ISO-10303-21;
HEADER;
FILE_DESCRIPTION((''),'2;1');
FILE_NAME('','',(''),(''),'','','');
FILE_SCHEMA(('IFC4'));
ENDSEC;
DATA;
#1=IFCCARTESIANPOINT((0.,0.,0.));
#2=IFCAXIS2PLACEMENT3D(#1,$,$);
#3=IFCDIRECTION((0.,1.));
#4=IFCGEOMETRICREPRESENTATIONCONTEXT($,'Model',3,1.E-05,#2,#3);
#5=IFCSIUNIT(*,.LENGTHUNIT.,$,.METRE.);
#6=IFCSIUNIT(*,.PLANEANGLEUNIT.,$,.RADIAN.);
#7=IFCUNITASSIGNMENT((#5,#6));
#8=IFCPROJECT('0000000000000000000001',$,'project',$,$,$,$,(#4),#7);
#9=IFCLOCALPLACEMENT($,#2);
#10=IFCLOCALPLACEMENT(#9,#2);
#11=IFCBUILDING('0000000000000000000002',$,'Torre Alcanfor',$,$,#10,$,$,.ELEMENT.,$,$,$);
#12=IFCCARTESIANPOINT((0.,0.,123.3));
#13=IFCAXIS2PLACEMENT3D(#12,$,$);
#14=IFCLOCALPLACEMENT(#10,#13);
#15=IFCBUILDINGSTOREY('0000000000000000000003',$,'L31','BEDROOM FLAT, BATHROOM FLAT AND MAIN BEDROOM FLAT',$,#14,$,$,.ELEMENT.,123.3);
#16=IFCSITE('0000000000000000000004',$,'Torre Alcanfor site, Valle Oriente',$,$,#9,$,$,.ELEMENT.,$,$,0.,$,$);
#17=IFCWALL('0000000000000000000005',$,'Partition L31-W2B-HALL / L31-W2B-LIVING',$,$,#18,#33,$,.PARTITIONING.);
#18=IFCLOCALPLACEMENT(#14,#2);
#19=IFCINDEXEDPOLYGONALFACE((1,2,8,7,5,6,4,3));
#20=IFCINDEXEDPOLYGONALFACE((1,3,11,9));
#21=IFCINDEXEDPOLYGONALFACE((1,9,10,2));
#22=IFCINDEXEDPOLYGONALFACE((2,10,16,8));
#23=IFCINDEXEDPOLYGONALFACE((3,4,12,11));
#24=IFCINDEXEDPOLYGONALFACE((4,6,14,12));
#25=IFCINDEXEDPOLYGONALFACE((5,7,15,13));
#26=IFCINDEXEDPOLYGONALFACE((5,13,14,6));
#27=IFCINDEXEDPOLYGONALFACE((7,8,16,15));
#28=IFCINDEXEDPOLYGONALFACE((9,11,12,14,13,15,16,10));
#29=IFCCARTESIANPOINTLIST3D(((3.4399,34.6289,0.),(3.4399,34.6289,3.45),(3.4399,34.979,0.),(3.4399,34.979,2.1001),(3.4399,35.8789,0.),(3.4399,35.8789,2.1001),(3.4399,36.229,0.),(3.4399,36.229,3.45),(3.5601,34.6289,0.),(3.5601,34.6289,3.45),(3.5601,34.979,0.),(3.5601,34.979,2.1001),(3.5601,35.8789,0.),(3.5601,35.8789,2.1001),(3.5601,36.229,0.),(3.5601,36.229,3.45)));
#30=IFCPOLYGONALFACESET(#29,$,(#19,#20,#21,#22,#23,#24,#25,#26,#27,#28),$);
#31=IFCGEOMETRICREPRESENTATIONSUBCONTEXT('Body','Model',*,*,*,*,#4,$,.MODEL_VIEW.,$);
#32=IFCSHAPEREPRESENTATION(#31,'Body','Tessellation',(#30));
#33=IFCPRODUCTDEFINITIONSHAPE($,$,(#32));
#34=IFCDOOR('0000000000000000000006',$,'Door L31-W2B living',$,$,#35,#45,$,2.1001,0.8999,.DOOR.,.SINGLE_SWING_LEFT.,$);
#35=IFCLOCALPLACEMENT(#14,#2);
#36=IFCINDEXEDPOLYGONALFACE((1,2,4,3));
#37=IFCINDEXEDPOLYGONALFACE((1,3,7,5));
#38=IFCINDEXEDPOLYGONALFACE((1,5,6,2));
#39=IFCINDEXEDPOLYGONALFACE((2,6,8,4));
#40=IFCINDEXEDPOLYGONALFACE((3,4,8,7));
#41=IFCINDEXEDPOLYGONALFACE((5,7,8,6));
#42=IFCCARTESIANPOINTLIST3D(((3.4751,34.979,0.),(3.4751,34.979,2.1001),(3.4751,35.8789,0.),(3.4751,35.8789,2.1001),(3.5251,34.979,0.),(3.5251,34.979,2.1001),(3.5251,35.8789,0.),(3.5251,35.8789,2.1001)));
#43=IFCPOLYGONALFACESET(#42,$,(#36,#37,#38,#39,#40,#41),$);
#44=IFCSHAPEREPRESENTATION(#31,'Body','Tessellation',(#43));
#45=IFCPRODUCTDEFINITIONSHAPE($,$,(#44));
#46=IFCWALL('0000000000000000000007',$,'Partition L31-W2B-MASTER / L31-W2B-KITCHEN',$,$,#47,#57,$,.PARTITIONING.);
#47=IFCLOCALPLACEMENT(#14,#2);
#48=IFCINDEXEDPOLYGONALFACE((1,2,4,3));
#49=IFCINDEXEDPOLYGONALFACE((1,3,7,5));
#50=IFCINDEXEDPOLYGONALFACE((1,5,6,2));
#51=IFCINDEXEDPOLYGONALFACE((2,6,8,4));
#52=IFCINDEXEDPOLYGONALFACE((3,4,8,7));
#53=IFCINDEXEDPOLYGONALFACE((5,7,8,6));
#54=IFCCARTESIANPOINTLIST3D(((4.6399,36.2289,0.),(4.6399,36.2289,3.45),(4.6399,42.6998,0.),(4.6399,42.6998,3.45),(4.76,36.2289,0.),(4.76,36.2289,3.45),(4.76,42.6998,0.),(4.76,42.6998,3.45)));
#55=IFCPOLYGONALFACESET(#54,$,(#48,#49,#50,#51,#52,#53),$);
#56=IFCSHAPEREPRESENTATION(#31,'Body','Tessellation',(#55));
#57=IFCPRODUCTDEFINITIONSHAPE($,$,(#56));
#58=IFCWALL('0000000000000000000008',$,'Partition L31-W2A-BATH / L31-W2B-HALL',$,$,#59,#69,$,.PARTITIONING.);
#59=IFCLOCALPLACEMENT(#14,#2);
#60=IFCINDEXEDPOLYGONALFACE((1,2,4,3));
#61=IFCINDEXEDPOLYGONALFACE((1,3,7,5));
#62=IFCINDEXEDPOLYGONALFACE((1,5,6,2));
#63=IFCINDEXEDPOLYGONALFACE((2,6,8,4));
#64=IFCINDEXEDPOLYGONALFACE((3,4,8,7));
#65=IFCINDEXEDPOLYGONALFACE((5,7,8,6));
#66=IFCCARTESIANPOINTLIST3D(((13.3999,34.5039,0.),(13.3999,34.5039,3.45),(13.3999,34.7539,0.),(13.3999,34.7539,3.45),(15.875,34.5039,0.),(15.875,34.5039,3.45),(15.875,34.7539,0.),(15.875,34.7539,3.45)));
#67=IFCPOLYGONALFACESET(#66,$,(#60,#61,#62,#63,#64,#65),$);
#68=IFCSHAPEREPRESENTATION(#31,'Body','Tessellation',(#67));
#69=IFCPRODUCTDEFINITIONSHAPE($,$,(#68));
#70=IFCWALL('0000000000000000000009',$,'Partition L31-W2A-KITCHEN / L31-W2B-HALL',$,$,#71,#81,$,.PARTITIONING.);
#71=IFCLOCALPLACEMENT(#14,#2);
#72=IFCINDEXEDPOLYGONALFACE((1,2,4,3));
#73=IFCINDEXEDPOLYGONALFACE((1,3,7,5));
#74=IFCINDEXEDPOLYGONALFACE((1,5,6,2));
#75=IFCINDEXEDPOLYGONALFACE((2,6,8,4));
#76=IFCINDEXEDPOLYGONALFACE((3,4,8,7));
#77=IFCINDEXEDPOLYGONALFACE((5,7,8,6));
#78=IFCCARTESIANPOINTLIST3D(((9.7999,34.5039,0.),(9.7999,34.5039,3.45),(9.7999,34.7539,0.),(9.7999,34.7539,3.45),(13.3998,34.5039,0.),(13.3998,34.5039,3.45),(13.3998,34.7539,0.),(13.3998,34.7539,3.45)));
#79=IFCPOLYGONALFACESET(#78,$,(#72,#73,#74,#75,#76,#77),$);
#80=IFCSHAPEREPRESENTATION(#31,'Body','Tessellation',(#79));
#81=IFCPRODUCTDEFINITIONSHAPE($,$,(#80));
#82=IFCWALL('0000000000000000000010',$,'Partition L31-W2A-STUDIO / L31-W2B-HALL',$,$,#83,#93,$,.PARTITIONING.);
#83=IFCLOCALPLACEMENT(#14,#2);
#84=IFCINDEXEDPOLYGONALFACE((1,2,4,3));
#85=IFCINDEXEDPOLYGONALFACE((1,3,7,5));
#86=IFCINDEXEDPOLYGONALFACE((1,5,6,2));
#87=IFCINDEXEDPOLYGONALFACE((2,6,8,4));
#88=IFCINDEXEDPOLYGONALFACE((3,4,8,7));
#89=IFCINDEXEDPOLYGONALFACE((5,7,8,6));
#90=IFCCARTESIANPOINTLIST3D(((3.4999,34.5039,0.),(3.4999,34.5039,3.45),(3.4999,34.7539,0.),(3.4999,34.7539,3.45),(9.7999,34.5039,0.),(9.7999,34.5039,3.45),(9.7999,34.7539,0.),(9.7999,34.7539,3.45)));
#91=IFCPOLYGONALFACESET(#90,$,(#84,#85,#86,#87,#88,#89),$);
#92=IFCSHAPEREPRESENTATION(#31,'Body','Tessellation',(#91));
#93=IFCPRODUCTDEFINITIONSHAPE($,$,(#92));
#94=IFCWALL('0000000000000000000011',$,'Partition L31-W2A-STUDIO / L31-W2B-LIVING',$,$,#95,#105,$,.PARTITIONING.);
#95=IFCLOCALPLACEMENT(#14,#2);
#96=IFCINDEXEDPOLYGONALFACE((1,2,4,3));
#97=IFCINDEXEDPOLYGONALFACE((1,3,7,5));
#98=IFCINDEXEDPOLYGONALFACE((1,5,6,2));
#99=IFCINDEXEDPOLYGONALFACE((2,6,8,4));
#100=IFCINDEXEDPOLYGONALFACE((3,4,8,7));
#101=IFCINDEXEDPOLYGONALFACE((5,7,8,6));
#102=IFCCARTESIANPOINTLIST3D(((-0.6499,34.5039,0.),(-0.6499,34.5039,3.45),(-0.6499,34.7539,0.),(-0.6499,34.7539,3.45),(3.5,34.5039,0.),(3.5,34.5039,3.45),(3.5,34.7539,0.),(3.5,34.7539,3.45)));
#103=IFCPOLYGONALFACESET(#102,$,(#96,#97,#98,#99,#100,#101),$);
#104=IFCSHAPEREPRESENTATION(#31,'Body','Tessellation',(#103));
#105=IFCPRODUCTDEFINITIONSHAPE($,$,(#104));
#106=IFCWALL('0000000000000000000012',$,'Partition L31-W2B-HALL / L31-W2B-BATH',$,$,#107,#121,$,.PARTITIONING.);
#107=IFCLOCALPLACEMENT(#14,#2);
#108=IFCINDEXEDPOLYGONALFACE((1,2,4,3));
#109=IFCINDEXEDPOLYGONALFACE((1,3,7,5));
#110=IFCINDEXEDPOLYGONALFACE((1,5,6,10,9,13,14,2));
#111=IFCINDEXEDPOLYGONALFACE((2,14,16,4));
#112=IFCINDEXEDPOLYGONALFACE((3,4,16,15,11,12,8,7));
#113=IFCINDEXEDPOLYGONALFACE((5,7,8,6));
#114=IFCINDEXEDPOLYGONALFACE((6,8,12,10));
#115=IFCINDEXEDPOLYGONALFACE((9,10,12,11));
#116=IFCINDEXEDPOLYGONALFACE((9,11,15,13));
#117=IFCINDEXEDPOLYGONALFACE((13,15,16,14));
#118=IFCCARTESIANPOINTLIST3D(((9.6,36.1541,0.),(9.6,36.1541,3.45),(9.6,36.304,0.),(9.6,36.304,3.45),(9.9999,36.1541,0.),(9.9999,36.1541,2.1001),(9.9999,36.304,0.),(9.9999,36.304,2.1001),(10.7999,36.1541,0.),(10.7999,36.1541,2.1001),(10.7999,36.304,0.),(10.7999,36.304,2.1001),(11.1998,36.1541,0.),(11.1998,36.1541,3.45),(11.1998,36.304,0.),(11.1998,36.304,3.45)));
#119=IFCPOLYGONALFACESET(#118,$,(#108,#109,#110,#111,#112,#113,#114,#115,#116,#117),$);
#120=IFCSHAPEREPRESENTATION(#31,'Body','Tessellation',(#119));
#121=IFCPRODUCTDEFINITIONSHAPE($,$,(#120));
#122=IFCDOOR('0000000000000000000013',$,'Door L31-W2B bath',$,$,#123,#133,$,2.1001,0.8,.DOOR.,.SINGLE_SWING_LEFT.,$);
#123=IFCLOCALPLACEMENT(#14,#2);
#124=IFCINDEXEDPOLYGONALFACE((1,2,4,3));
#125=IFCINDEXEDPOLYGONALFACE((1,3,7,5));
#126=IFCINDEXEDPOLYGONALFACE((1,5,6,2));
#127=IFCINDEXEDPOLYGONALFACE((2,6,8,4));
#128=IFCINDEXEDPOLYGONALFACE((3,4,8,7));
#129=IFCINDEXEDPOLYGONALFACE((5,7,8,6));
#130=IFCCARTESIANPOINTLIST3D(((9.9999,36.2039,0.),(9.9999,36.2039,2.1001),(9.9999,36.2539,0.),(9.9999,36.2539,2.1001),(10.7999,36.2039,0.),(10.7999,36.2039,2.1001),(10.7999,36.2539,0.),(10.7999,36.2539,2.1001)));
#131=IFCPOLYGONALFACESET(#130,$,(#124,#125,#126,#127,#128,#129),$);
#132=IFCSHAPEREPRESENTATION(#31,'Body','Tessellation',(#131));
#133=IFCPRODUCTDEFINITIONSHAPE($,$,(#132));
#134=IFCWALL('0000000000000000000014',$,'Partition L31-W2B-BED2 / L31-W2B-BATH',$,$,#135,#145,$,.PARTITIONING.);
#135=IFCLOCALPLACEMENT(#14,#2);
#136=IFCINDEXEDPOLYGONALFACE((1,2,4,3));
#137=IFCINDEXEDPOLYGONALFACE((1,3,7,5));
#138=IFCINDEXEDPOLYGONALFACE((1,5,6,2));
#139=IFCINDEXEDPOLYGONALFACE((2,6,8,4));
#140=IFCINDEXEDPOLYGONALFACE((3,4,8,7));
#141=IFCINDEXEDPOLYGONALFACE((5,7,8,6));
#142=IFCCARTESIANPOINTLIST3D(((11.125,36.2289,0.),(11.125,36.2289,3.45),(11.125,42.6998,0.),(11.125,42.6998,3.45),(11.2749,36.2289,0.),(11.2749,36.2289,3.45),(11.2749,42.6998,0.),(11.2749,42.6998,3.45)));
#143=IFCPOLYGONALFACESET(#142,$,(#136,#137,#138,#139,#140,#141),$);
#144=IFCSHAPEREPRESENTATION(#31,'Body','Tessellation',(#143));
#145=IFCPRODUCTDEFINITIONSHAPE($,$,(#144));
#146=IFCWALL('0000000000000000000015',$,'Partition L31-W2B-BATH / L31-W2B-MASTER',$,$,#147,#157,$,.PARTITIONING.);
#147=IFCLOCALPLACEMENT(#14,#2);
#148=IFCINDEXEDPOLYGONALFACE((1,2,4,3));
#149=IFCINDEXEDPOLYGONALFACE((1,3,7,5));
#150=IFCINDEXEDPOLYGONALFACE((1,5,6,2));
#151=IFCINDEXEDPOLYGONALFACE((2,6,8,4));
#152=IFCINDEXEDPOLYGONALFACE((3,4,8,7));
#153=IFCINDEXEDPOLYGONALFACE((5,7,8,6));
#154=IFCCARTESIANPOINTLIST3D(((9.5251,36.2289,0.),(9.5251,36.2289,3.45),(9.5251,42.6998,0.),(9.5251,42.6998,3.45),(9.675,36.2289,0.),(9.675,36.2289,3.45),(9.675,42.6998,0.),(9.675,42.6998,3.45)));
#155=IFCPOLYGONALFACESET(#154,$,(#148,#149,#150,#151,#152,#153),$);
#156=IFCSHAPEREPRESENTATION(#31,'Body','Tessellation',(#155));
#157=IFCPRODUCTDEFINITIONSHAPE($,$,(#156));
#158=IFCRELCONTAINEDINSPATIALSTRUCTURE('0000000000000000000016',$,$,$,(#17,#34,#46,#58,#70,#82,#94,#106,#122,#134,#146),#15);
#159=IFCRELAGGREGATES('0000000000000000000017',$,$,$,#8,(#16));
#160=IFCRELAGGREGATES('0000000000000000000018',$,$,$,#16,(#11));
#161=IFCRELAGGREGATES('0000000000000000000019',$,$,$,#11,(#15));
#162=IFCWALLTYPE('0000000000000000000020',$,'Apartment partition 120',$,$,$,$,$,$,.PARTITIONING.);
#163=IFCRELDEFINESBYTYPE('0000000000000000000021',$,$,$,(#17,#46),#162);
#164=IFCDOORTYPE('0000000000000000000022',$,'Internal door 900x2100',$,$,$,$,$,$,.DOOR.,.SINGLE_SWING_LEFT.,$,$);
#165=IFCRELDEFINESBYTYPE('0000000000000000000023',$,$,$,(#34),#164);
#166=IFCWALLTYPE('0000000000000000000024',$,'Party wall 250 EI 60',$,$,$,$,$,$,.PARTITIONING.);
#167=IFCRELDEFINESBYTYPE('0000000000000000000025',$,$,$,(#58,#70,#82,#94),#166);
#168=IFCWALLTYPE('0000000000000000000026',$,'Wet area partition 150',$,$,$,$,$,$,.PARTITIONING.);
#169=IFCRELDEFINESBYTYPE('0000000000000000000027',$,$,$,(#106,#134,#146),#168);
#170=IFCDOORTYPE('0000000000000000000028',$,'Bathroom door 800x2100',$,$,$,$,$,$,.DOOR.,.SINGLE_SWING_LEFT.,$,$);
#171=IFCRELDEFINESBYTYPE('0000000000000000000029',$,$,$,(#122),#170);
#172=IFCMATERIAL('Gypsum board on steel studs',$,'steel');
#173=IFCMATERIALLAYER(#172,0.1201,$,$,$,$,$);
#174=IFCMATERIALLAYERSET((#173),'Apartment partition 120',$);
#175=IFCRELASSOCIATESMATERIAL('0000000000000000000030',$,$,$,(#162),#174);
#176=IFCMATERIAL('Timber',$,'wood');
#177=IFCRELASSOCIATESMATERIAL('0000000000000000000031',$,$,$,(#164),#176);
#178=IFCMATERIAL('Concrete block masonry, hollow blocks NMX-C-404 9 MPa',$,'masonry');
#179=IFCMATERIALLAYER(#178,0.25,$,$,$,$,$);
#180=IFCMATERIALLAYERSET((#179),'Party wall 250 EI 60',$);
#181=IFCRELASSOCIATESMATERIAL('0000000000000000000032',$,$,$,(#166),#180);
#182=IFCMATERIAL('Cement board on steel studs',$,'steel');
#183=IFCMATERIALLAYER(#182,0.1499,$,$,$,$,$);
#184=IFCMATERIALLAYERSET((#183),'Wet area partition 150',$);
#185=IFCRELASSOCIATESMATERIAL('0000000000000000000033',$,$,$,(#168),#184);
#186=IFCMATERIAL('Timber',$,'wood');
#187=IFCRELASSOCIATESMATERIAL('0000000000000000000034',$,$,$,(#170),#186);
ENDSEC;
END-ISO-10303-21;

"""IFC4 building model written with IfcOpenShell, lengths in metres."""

from ifc_helpers import new_model, si_unit, direction, frame, frame_2d, origin, place, context, subcontext, project, spatial, rectangle, extrude, material, layer, layer_set, type_object, element, fill, save


model = new_model("IFC4")

# Units and contexts
model_context = context("Model", 3, precision=1e-05, world=origin(), true_north=direction((0.0, 1.0)))
body_context = subcontext(model_context, "Body", "Model", "MODEL_VIEW")
ifc_project = project(units=[si_unit("LENGTHUNIT", "METRE"), si_unit("PLANEANGLEUNIT", "RADIAN")], contexts=[model_context])

# Site, building, storey
site_placement = place(None, origin())
site = spatial("IfcSite", under=ifc_project, at=site_placement, Name="Torre Alcanfor site, Valle Oriente", CompositionType="ELEMENT", RefElevation=0.0)
building_placement = place(site_placement, origin())
building = spatial("IfcBuilding", under=site, at=building_placement, Name="Torre Alcanfor", CompositionType="ELEMENT")
storey_placement = place(building_placement, frame((0.0, 0.0, 123.3)))
storey = spatial("IfcBuildingStorey", under=building, at=storey_placement, Name="L31", Description="BEDROOM FLAT, BATHROOM FLAT AND MAIN BEDROOM FLAT", CompositionType="ELEMENT", Elevation=123.3)

# Shared definitions
ifc_material_1 = material(Name="Gypsum board on steel studs", Category="steel")
ifc_layer_1 = layer(ifc_material_1, 0.1201)
ifc_layer_set_1 = layer_set([ifc_layer_1], Name="Apartment partition 120")
wall_type_1 = type_object("IfcWallType", Name="Apartment partition 120", PredefinedType="PARTITIONING", material=ifc_layer_set_1)
ifc_material_2 = material(Name="Timber", Category="wood")
door_type_1 = type_object("IfcDoorType", Name="Internal door 900x2100", OperationType="SINGLE_SWING_LEFT", PredefinedType="DOOR", material=ifc_material_2)

# Wall, opening, door
wall_1_placement = place(storey_placement, frame((3.5, 34.6289, 0.0), z_axis=(0.0, 0.0, 1.0), x_axis=(0.0, 1.0, 0.0)))
wall_1 = element("IfcWall", 1, at=wall_1_placement, inside=storey, type_object=wall_type_1, Name="Partition L31-W2B-HALL / L31-W2B-LIVING", PredefinedType="PARTITIONING", context=body_context, shape_type="SweptSolid", body=[
    extrude(rectangle(XDim=1.6001, YDim=0.1201, at=frame_2d((0.8, 0.0))), origin(), (0.0, 0.0, 1.0), 3.45),
])
opening_1_placement = place(wall_1_placement, frame((0.3501, 0.0, 0.0)))
opening_1 = element("IfcOpeningElement", 2, at=opening_1_placement, cuts=wall_1, PredefinedType="OPENING", context=body_context, shape_type="SweptSolid", body=[
    extrude(rectangle(XDim=0.8999, YDim=2.1001, at=frame_2d((0.45, 1.05))), frame((0.0, 0.0701, 0.0), z_axis=(0.0, -1.0, 0.0), x_axis=(1.0, 0.0, 0.0)), (0.0, 0.0, 1.0), 0.1401),
])
door_1_placement = place(opening_1_placement, origin())
door_1 = element("IfcDoor", 3, at=door_1_placement, inside=storey, type_object=door_type_1, Name="Door L31-W2B living", OperationType="SINGLE_SWING_LEFT", OverallHeight=2.1001, OverallWidth=0.8999, PredefinedType="DOOR", context=body_context, shape_type="SweptSolid", body=[
    extrude(rectangle(XDim=0.8999, YDim=2.1001, at=frame_2d((0.45, 1.05))), frame((0.0, 0.0249, 0.0), z_axis=(0.0, -1.0, 0.0), x_axis=(1.0, 0.0, 0.0)), (0.0, 0.0, 1.0), 0.05),
])
fill(opening_1, door_1)

# Walls
wall_2_placement = place(storey_placement, frame((4.7, 36.229, 0.0), z_axis=(0.0, 0.0, 1.0), x_axis=(0.0, 1.0, 0.0)))
element("IfcWall", 4, at=wall_2_placement, inside=storey, type_object=wall_type_1, Name="Partition L31-W2B-MASTER / L31-W2B-KITCHEN", PredefinedType="PARTITIONING", context=body_context, shape_type="SweptSolid", body=[
    extrude(rectangle(XDim=6.4709, YDim=0.1201, at=frame_2d((3.2354, 0.0))), origin(), (0.0, 0.0, 1.0), 3.45),
])
ifc_material_3 = material(Name="Concrete block masonry, hollow blocks NMX-C-404 9 MPa", Category="masonry")
ifc_layer_2 = layer(ifc_material_3, 0.25)
ifc_layer_set_2 = layer_set([ifc_layer_2], Name="Party wall 250 EI 60")
wall_type_2 = type_object("IfcWallType", Name="Party wall 250 EI 60", PredefinedType="PARTITIONING", material=ifc_layer_set_2)
wall_3_placement = place(storey_placement, frame((13.3999, 34.6289, 0.0), z_axis=(0.0, 0.0, 1.0), x_axis=(1.0, 0.0, 0.0)))
element("IfcWall", 5, at=wall_3_placement, inside=storey, type_object=wall_type_2, Name="Partition L31-W2A-BATH / L31-W2B-HALL", PredefinedType="PARTITIONING", context=body_context, shape_type="SweptSolid", body=[
    extrude(rectangle(XDim=2.4751, YDim=0.25, at=frame_2d((1.2375, 0.0))), origin(), (0.0, 0.0, 1.0), 3.45),
])
wall_4_placement = place(storey_placement, frame((9.8, 34.6289, 0.0), z_axis=(0.0, 0.0, 1.0), x_axis=(1.0, 0.0, 0.0)))
element("IfcWall", 6, at=wall_4_placement, inside=storey, type_object=wall_type_2, Name="Partition L31-W2A-KITCHEN / L31-W2B-HALL", PredefinedType="PARTITIONING", context=body_context, shape_type="SweptSolid", body=[
    extrude(rectangle(XDim=3.5999, YDim=0.25, at=frame_2d((1.7998, 0.0))), origin(), (0.0, 0.0, 1.0), 3.45),
])
wall_5_placement = place(storey_placement, frame((3.5, 34.6289, 0.0), z_axis=(0.0, 0.0, 1.0), x_axis=(1.0, 0.0, 0.0)))
element("IfcWall", 7, at=wall_5_placement, inside=storey, type_object=wall_type_2, Name="Partition L31-W2A-STUDIO / L31-W2B-HALL", PredefinedType="PARTITIONING", context=body_context, shape_type="SweptSolid", body=[
    extrude(rectangle(XDim=6.3, YDim=0.25, at=frame_2d((3.1499, 0.0))), origin(), (0.0, 0.0, 1.0), 3.45),
])
wall_6_placement = place(storey_placement, frame((-0.6499, 34.6289, 0.0), z_axis=(0.0, 0.0, 1.0), x_axis=(1.0, 0.0, 0.0)))
element("IfcWall", 8, at=wall_6_placement, inside=storey, type_object=wall_type_2, Name="Partition L31-W2A-STUDIO / L31-W2B-LIVING", PredefinedType="PARTITIONING", context=body_context, shape_type="SweptSolid", body=[
    extrude(rectangle(XDim=4.1499, YDim=0.25, at=frame_2d((2.075, 0.0))), origin(), (0.0, 0.0, 1.0), 3.45),
])

# Wall, opening, door
ifc_material_4 = material(Name="Cement board on steel studs", Category="steel")
ifc_layer_3 = layer(ifc_material_4, 0.1499)
ifc_layer_set_3 = layer_set([ifc_layer_3], Name="Wet area partition 150")
wall_type_3 = type_object("IfcWallType", Name="Wet area partition 150", PredefinedType="PARTITIONING", material=ifc_layer_set_3)
wall_7_placement = place(storey_placement, frame((9.6001, 36.229, 0.0), z_axis=(0.0, 0.0, 1.0), x_axis=(1.0, 0.0, 0.0)))
wall_7 = element("IfcWall", 9, at=wall_7_placement, inside=storey, type_object=wall_type_3, Name="Partition L31-W2B-HALL / L31-W2B-BATH", PredefinedType="PARTITIONING", context=body_context, shape_type="SweptSolid", body=[
    extrude(rectangle(XDim=1.5999, YDim=0.1499, at=frame_2d((0.7998, 0.0))), origin(), (0.0, 0.0, 1.0), 3.45),
])
opening_2_placement = place(wall_7_placement, frame((0.3999, 0.0, 0.0)))
opening_2 = element("IfcOpeningElement", 10, at=opening_2_placement, cuts=wall_7, PredefinedType="OPENING", context=body_context, shape_type="SweptSolid", body=[
    extrude(rectangle(XDim=0.8, YDim=2.1001, at=frame_2d((0.3999, 1.05))), frame((0.0, 0.085, 0.0), z_axis=(0.0, -1.0, 0.0), x_axis=(1.0, 0.0, 0.0)), (0.0, 0.0, 1.0), 0.1699),
])
ifc_material_5 = material(Name="Timber", Category="wood")
door_type_2 = type_object("IfcDoorType", Name="Bathroom door 800x2100", OperationType="SINGLE_SWING_LEFT", PredefinedType="DOOR", material=ifc_material_5)
door_2_placement = place(opening_2_placement, origin())
door_2 = element("IfcDoor", 11, at=door_2_placement, inside=storey, type_object=door_type_2, Name="Door L31-W2B bath", OperationType="SINGLE_SWING_LEFT", OverallHeight=2.1001, OverallWidth=0.8, PredefinedType="DOOR", context=body_context, shape_type="SweptSolid", body=[
    extrude(rectangle(XDim=0.8, YDim=2.1001, at=frame_2d((0.3999, 1.05))), frame((0.0, 0.0249, 0.0), z_axis=(0.0, -1.0, 0.0), x_axis=(1.0, 0.0, 0.0)), (0.0, 0.0, 1.0), 0.05),
])
fill(opening_2, door_2)

# Walls
for number, where, z_axis, x_axis, name in (
    (12, (11.2, 36.229, 0.0), (0.0, 0.0, 1.0), (0.0, 1.0, 0.0), "Partition L31-W2B-BED2 / L31-W2B-BATH"),
    (13, (9.6001, 36.229, 0.0), (0.0, 0.0, 1.0), (0.0, 1.0, 0.0), "Partition L31-W2B-BATH / L31-W2B-MASTER"),
):
    element("IfcWall", number, at=place(storey_placement, frame(where, z_axis=z_axis, x_axis=x_axis)), inside=storey, type_object=wall_type_3, Name=name, PredefinedType="PARTITIONING", context=body_context, shape_type="SweptSolid", body=[
        extrude(rectangle(XDim=6.4709, YDim=0.1499, at=frame_2d((3.2354, 0.0))), origin(), (0.0, 0.0, 1.0), 3.45),
    ])

save(model, "model.ifc")
